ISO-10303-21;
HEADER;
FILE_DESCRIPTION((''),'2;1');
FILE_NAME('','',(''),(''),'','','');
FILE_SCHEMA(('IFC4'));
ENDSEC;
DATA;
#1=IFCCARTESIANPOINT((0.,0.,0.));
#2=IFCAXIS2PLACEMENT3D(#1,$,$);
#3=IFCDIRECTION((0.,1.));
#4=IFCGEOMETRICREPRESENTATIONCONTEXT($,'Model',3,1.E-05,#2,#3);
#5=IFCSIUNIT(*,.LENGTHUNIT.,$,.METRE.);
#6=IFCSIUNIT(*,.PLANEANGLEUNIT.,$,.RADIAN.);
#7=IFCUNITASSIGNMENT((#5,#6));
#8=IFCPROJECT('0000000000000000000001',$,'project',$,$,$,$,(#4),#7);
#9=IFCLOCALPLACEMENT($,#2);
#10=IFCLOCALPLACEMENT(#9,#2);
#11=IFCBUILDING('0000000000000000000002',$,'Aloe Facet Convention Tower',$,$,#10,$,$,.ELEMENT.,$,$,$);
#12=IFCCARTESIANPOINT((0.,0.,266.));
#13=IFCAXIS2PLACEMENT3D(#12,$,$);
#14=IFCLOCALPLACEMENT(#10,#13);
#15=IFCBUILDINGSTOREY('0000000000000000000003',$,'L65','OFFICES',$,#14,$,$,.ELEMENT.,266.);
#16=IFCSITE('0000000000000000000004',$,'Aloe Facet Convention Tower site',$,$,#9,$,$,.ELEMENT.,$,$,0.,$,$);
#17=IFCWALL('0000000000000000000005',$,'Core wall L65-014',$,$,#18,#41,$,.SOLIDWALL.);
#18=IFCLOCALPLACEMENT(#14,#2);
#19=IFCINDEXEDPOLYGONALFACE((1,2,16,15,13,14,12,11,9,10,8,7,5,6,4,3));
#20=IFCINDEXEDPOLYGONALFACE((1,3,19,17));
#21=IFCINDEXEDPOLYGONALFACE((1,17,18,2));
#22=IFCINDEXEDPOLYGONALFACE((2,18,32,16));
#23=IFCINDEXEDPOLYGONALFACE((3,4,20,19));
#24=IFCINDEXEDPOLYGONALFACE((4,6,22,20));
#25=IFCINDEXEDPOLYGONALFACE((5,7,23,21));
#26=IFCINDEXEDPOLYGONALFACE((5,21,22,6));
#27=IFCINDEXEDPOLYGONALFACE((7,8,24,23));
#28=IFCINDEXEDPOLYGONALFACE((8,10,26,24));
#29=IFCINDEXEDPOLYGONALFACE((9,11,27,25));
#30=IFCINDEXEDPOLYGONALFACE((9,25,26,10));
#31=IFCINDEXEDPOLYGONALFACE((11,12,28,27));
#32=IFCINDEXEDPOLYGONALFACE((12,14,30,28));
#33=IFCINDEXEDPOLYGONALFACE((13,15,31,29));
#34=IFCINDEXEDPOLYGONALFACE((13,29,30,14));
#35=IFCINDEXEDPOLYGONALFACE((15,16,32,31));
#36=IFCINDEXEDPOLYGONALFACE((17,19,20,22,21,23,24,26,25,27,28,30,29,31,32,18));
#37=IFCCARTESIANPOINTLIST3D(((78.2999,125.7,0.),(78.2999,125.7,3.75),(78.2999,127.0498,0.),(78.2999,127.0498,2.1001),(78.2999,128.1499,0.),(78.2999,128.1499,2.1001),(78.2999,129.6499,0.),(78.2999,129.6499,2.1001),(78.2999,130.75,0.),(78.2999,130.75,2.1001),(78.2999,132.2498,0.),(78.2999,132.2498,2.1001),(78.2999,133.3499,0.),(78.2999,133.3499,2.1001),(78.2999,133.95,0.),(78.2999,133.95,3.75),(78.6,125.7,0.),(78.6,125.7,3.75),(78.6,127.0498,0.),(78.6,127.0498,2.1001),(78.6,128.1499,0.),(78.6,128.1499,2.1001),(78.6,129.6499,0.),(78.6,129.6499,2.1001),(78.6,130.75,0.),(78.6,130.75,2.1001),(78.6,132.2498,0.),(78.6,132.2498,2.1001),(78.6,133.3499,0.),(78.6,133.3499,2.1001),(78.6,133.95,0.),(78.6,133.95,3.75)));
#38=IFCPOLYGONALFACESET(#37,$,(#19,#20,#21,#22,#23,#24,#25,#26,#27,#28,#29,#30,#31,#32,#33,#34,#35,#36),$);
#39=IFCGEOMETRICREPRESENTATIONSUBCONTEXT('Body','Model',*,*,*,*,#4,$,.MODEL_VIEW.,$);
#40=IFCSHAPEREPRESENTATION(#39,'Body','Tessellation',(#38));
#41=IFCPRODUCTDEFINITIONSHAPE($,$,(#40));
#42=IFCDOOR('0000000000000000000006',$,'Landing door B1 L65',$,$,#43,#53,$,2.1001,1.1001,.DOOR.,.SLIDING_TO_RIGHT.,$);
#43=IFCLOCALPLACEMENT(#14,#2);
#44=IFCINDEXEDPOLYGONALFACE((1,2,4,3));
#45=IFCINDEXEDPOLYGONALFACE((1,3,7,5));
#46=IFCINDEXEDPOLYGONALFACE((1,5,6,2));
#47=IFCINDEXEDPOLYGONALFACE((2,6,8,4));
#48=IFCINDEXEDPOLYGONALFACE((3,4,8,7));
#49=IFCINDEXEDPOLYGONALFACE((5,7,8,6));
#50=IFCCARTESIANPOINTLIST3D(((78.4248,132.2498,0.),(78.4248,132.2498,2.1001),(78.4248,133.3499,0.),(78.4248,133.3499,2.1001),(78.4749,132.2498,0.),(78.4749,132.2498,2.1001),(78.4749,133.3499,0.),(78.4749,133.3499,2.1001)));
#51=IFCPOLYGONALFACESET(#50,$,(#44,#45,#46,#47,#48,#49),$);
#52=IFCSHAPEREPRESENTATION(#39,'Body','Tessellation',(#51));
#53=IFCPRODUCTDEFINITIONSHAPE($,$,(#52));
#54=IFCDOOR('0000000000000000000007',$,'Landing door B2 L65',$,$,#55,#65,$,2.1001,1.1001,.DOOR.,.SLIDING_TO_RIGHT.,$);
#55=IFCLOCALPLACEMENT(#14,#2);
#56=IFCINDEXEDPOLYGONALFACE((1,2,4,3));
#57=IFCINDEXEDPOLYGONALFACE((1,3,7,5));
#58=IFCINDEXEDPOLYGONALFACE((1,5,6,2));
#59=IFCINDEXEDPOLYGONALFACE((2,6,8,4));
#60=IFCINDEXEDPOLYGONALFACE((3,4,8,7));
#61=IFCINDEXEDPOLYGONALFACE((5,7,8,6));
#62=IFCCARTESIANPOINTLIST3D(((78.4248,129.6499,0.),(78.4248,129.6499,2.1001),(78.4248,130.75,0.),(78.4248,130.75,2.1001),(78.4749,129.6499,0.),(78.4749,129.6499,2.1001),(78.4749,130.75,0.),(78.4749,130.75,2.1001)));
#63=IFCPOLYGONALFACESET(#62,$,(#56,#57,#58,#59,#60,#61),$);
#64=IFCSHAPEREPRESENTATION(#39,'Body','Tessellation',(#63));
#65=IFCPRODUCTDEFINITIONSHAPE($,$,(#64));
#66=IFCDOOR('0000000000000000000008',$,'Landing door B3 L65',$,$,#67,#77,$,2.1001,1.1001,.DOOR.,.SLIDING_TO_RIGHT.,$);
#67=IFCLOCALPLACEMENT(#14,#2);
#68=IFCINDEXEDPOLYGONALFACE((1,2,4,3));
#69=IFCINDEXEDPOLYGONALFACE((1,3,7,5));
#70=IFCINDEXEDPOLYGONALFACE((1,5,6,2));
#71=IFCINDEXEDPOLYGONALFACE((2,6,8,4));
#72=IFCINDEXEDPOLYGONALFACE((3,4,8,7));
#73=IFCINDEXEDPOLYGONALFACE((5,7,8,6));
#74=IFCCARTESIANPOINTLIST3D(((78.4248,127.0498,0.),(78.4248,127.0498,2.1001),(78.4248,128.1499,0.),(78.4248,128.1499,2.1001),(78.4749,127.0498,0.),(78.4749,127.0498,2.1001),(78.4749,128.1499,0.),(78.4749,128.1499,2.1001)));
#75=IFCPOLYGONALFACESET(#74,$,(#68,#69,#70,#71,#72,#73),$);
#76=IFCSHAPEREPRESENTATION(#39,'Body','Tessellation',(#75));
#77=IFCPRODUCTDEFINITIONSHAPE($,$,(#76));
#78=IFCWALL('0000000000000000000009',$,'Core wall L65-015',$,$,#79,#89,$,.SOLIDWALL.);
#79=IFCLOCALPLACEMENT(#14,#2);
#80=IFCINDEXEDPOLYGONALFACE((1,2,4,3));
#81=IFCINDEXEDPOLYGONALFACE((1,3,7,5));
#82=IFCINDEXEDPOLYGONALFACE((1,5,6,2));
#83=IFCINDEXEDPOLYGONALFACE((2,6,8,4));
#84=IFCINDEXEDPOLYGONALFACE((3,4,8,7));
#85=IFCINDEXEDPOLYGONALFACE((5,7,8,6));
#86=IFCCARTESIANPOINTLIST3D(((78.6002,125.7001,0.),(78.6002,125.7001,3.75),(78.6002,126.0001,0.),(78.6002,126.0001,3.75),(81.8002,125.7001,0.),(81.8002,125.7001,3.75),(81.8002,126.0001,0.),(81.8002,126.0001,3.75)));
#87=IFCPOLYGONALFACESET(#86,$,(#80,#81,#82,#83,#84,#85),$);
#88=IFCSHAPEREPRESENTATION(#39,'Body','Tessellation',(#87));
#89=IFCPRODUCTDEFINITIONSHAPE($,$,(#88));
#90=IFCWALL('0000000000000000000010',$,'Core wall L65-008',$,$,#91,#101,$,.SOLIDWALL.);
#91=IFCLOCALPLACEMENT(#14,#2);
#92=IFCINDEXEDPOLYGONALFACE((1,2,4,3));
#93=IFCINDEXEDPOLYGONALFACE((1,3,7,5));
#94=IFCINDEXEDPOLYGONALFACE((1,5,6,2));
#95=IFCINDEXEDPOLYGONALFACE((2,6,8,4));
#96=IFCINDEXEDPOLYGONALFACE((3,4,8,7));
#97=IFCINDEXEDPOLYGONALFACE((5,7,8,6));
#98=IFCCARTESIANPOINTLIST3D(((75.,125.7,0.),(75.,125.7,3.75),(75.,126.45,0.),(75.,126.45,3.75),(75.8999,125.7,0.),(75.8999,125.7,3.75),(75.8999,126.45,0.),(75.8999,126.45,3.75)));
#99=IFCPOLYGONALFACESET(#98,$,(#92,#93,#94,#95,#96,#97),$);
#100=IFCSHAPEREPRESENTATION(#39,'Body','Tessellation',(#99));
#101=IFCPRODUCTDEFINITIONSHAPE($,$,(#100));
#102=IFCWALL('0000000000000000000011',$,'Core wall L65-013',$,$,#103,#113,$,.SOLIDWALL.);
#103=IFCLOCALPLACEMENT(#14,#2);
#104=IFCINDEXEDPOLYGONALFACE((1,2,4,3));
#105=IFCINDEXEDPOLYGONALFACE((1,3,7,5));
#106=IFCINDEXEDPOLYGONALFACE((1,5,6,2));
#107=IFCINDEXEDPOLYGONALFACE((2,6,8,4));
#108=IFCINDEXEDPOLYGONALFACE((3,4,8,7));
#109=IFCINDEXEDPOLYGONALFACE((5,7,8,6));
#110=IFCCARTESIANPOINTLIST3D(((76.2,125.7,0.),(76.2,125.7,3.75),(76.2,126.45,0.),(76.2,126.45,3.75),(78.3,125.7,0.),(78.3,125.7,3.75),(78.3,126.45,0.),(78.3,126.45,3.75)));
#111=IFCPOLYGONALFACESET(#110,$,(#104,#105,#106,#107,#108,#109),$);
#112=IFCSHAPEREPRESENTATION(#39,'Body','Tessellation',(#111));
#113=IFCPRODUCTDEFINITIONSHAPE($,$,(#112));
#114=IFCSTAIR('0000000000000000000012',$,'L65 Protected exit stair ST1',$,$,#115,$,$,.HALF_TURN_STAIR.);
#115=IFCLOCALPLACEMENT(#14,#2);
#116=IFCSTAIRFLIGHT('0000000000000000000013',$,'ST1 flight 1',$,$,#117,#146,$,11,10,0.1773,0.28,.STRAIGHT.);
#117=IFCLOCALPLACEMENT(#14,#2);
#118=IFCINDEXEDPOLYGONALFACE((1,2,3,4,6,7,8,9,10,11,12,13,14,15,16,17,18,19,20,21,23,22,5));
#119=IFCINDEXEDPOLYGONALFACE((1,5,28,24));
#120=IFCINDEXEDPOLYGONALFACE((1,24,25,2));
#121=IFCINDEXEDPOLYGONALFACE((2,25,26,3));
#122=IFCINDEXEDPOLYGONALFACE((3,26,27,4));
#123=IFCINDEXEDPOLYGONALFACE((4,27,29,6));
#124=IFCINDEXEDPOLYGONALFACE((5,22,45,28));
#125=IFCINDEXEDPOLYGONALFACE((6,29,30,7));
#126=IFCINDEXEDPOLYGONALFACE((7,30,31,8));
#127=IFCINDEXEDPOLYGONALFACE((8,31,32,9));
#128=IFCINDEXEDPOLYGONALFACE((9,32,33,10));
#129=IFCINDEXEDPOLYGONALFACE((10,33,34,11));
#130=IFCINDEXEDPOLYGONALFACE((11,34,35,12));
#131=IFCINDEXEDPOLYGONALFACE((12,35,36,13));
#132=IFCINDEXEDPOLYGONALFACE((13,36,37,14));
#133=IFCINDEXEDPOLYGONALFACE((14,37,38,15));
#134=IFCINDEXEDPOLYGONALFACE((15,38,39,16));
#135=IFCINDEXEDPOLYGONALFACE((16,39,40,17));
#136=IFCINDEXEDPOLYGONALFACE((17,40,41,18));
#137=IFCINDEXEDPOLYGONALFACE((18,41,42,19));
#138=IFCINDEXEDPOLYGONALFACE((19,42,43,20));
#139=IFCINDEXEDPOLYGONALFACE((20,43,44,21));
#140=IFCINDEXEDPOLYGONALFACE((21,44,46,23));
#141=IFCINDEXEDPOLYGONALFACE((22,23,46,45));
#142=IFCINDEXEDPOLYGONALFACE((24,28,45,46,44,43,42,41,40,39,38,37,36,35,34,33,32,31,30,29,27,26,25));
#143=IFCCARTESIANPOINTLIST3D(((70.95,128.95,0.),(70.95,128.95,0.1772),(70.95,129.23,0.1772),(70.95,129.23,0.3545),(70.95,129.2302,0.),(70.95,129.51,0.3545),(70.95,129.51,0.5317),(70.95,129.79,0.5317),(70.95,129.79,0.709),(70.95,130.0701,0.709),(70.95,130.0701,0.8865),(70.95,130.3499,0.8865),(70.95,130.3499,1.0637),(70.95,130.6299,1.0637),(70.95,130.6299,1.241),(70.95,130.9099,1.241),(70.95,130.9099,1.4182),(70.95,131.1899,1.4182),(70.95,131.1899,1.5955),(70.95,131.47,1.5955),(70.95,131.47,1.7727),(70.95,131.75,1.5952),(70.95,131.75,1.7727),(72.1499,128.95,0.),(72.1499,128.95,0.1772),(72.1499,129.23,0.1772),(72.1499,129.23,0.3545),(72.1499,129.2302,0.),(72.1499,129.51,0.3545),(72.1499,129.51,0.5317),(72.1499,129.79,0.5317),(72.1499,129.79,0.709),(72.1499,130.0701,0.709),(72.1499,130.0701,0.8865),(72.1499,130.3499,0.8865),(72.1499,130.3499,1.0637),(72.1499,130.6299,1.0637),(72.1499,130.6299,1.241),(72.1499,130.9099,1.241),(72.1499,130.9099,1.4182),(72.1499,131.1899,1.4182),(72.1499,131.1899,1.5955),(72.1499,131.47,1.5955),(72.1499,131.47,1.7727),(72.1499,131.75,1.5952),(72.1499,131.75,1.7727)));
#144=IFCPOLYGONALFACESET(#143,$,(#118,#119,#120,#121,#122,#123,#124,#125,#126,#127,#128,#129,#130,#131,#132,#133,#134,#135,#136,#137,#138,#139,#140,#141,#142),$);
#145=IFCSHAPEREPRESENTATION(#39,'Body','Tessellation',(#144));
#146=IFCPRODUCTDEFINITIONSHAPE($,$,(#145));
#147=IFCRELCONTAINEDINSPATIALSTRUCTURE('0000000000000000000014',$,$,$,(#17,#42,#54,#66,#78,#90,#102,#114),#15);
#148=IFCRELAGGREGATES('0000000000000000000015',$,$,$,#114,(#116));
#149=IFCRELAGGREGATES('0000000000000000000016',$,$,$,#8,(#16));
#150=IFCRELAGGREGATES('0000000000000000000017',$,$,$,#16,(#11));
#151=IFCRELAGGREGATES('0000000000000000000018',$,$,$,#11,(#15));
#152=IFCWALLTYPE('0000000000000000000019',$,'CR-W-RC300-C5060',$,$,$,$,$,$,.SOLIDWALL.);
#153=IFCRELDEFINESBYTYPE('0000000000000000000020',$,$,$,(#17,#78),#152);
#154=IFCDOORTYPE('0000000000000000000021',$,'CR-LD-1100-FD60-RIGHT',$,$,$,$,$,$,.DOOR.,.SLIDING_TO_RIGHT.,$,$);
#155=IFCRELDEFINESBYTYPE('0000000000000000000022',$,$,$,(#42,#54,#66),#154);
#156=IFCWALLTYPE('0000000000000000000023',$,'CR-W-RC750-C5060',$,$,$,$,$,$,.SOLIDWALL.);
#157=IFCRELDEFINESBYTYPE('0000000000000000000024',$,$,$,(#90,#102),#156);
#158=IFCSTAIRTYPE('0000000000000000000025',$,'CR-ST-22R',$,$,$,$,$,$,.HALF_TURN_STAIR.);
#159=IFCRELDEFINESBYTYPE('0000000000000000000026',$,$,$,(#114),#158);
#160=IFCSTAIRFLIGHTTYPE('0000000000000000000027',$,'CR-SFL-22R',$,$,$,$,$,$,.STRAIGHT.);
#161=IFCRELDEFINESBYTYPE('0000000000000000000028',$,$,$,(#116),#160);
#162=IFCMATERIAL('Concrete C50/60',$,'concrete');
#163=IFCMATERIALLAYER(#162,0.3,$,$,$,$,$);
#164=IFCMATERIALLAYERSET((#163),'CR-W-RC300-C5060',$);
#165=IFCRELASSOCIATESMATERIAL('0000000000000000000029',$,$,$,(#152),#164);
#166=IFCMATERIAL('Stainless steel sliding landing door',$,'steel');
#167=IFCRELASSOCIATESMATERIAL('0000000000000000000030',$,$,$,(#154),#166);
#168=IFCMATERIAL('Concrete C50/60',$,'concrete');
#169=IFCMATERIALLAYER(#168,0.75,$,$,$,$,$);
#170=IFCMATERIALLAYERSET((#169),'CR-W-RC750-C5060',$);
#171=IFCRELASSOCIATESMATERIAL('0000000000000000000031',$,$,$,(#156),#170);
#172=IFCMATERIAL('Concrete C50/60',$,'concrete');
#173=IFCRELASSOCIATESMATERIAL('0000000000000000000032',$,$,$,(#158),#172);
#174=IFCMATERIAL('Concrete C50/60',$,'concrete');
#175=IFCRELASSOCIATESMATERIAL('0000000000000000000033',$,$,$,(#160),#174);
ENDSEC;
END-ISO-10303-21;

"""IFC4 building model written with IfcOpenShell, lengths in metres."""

from ifc_helpers import new_model, si_unit, direction, frame, frame_2d, origin, place, context, subcontext, project, spatial, polyline, rectangle, outline, extrude, material, layer, layer_set, type_object, element, fill, aggregate, save


model = new_model("IFC4")

# Units and contexts
model_context = context("Model", 3, precision=1e-05, world=origin(), true_north=direction((0.0, 1.0)))
body_context = subcontext(model_context, "Body", "Model", "MODEL_VIEW")
ifc_project = project(units=[si_unit("LENGTHUNIT", "METRE"), si_unit("PLANEANGLEUNIT", "RADIAN")], contexts=[model_context])

# Site, building, storey
site_placement = place(None, origin())
site = spatial("IfcSite", under=ifc_project, at=site_placement, Name="Aloe Facet Convention Tower site", CompositionType="ELEMENT", RefElevation=0.0)
building_placement = place(site_placement, origin())
building = spatial("IfcBuilding", under=site, at=building_placement, Name="Aloe Facet Convention Tower", CompositionType="ELEMENT")
storey_placement = place(building_placement, frame((0.0, 0.0, 266.0)))
storey = spatial("IfcBuildingStorey", under=building, at=storey_placement, Name="L65", Description="OFFICES", CompositionType="ELEMENT", Elevation=266.0)

# Shared definitions
ifc_material_1 = material(Name="Concrete C50/60", Category="concrete")
ifc_layer_1 = layer(ifc_material_1, 0.3)
ifc_layer_set_1 = layer_set([ifc_layer_1], Name="CR-W-RC300-C5060")
wall_type_1 = type_object("IfcWallType", Name="CR-W-RC300-C5060", PredefinedType="SOLIDWALL", material=ifc_layer_set_1)

# Wall, openings, doors
wall_1_placement = place(storey_placement, frame((78.45, 133.95, 0.0), z_axis=(0.0, 0.0, 1.0), x_axis=(0.0, -1.0, 0.0)))
wall_1 = element("IfcWall", 1, at=wall_1_placement, inside=storey, type_object=wall_type_1, Name="Core wall L65-014", PredefinedType="SOLIDWALL", context=body_context, shape_type="SweptSolid", body=[
    extrude(rectangle(XDim=8.25, YDim=0.3, at=frame_2d((4.125, 0.0))), origin(), (0.0, 0.0, 1.0), 3.75),
])
opening_1_placement = place(wall_1_placement, frame((0.6001, 0.0, 0.0)))
opening_1 = element("IfcOpeningElement", 2, at=opening_1_placement, cuts=wall_1, PredefinedType="OPENING", context=body_context, shape_type="SweptSolid", body=[
    extrude(rectangle(XDim=1.1001, YDim=2.1001, at=frame_2d((0.55, 1.05))), frame((0.0, 0.1602, 0.0), z_axis=(0.0, -1.0, 0.0), x_axis=(1.0, 0.0, 0.0)), (0.0, 0.0, 1.0), 0.3201),
])
opening_2_placement = place(wall_1_placement, frame((3.2, 0.0, 0.0)))
opening_2 = element("IfcOpeningElement", 3, at=opening_2_placement, cuts=wall_1, PredefinedType="OPENING", context=body_context, shape_type="SweptSolid", body=[
    extrude(rectangle(XDim=1.1001, YDim=2.1001, at=frame_2d((0.55, 1.05))), frame((0.0, 0.1602, 0.0), z_axis=(0.0, -1.0, 0.0), x_axis=(1.0, 0.0, 0.0)), (0.0, 0.0, 1.0), 0.3201),
])
opening_3_placement = place(wall_1_placement, frame((5.8, 0.0, 0.0)))
opening_3 = element("IfcOpeningElement", 4, at=opening_3_placement, cuts=wall_1, PredefinedType="OPENING", context=body_context, shape_type="SweptSolid", body=[
    extrude(rectangle(XDim=1.1001, YDim=2.1001, at=frame_2d((0.55, 1.05))), frame((0.0, 0.1602, 0.0), z_axis=(0.0, -1.0, 0.0), x_axis=(1.0, 0.0, 0.0)), (0.0, 0.0, 1.0), 0.3201),
])
ifc_material_2 = material(Name="Stainless steel sliding landing door", Category="steel")
door_type_1 = type_object("IfcDoorType", Name="CR-LD-1100-FD60-RIGHT", OperationType="SLIDING_TO_RIGHT", PredefinedType="DOOR", material=ifc_material_2)
door_1_placement = place(opening_1_placement, origin())
door_1 = element("IfcDoor", 5, at=door_1_placement, inside=storey, type_object=door_type_1, Name="Landing door B1 L65", OperationType="SLIDING_TO_RIGHT", OverallHeight=2.1001, OverallWidth=1.1001, PredefinedType="DOOR", context=body_context, shape_type="SweptSolid", body=[
    extrude(rectangle(XDim=1.1001, YDim=2.1001, at=frame_2d((0.55, 1.05))), frame((0.0, 0.0249, 0.0), z_axis=(0.0, -1.0, 0.0), x_axis=(1.0, 0.0, 0.0)), (0.0, 0.0, 1.0), 0.05),
])
fill(opening_1, door_1)
door_2_placement = place(opening_2_placement, origin())
door_2 = element("IfcDoor", 6, at=door_2_placement, inside=storey, type_object=door_type_1, Name="Landing door B2 L65", OperationType="SLIDING_TO_RIGHT", OverallHeight=2.1001, OverallWidth=1.1001, PredefinedType="DOOR", context=body_context, shape_type="SweptSolid", body=[
    extrude(rectangle(XDim=1.1001, YDim=2.1001, at=frame_2d((0.55, 1.05))), frame((0.0, 0.0249, 0.0), z_axis=(0.0, -1.0, 0.0), x_axis=(1.0, 0.0, 0.0)), (0.0, 0.0, 1.0), 0.05),
])
fill(opening_2, door_2)
door_3_placement = place(opening_3_placement, origin())
door_3 = element("IfcDoor", 7, at=door_3_placement, inside=storey, type_object=door_type_1, Name="Landing door B3 L65", OperationType="SLIDING_TO_RIGHT", OverallHeight=2.1001, OverallWidth=1.1001, PredefinedType="DOOR", context=body_context, shape_type="SweptSolid", body=[
    extrude(rectangle(XDim=1.1001, YDim=2.1001, at=frame_2d((0.55, 1.05))), frame((0.0, 0.0249, 0.0), z_axis=(0.0, -1.0, 0.0), x_axis=(1.0, 0.0, 0.0)), (0.0, 0.0, 1.0), 0.05),
])
fill(opening_3, door_3)

# Walls
wall_2_placement = place(storey_placement, frame((78.6001, 125.8501, 0.0), z_axis=(0.0, 0.0, 1.0), x_axis=(1.0, 0.0, 0.0)))
element("IfcWall", 8, at=wall_2_placement, inside=storey, type_object=wall_type_1, Name="Core wall L65-015", PredefinedType="SOLIDWALL", context=body_context, shape_type="SweptSolid", body=[
    extrude(rectangle(XDim=3.2, YDim=0.3, at=frame_2d((1.6001, 0.0))), origin(), (0.0, 0.0, 1.0), 3.75),
])
ifc_material_3 = material(Name="Concrete C50/60", Category="concrete")
ifc_layer_2 = layer(ifc_material_3, 0.75)
ifc_layer_set_2 = layer_set([ifc_layer_2], Name="CR-W-RC750-C5060")
wall_type_2 = type_object("IfcWallType", Name="CR-W-RC750-C5060", PredefinedType="SOLIDWALL", material=ifc_layer_set_2)
wall_3_placement = place(storey_placement, frame((75.0, 126.075, 0.0), z_axis=(0.0, 0.0, 1.0), x_axis=(1.0, 0.0, 0.0)))
element("IfcWall", 9, at=wall_3_placement, inside=storey, type_object=wall_type_2, Name="Core wall L65-008", PredefinedType="SOLIDWALL", context=body_context, shape_type="SweptSolid", body=[
    extrude(rectangle(XDim=0.8999, YDim=0.75, at=frame_2d((0.45, 0.0))), origin(), (0.0, 0.0, 1.0), 3.75),
])
wall_4_placement = place(storey_placement, frame((76.2, 126.075, 0.0), z_axis=(0.0, 0.0, 1.0), x_axis=(1.0, 0.0, 0.0)))
element("IfcWall", 10, at=wall_4_placement, inside=storey, type_object=wall_type_2, Name="Core wall L65-013", PredefinedType="SOLIDWALL", context=body_context, shape_type="SweptSolid", body=[
    extrude(rectangle(XDim=2.1001, YDim=0.75, at=frame_2d((1.05, 0.0))), origin(), (0.0, 0.0, 1.0), 3.75),
])

# Stair, stair flight
ifc_material_4 = material(Name="Concrete C50/60", Category="concrete")
stair_type = type_object("IfcStairType", Name="CR-ST-22R", PredefinedType="HALF_TURN_STAIR", material=ifc_material_4)
stair_placement = place(storey_placement, origin())
stair = element("IfcStair", 11, at=stair_placement, inside=storey, type_object=stair_type, Name="L65 Protected exit stair ST1", PredefinedType="HALF_TURN_STAIR")
ifc_material_5 = material(Name="Concrete C50/60", Category="concrete")
stair_flight_type = type_object("IfcStairFlightType", Name="CR-SFL-22R", PredefinedType="STRAIGHT", material=ifc_material_5)
stair_flight_placement = place(storey_placement, frame((71.55, 128.95, 0.0), z_axis=(0.0, 0.0, 1.0), x_axis=(0.0, 1.0, 0.0)))
stair_flight = element("IfcStairFlight", 12, at=stair_flight_placement, type_object=stair_flight_type, Name="ST1 flight 1", NumberOfRisers=11, NumberOfTreads=10, PredefinedType="STRAIGHT", RiserHeight=0.1773, TreadLength=0.28, context=body_context, shape_type="SweptSolid", body=[
    extrude(outline(polyline([(0.0, 0.0), (0.0, 0.1772), (0.28, 0.1772), (0.28, 0.3545), (0.5601, 0.3545), (0.5601, 0.5317), (0.8401, 0.5317), (0.8401, 0.709), (1.1201, 0.709), (1.1201, 0.8865), (1.3999, 0.8865), (1.3999, 1.0637), (1.6799, 1.0637), (1.6799, 1.241), (1.96, 1.241), (1.96, 1.4182), (2.24, 1.4182), (2.24, 1.5955), (2.52, 1.5955), (2.52, 1.7727), (2.8, 1.7727), (2.8, 1.95), (2.8, 1.5952), (0.2803, 0.0), (0.0, 0.0)])), frame((0.0, 0.6001, 0.0), z_axis=(0.0, -1.0, 0.0), x_axis=(1.0, 0.0, 0.0)), (0.0, 0.0, 1.0), 1.2),
])
aggregate(stair, [stair_flight])

save(model, "model.ifc")
